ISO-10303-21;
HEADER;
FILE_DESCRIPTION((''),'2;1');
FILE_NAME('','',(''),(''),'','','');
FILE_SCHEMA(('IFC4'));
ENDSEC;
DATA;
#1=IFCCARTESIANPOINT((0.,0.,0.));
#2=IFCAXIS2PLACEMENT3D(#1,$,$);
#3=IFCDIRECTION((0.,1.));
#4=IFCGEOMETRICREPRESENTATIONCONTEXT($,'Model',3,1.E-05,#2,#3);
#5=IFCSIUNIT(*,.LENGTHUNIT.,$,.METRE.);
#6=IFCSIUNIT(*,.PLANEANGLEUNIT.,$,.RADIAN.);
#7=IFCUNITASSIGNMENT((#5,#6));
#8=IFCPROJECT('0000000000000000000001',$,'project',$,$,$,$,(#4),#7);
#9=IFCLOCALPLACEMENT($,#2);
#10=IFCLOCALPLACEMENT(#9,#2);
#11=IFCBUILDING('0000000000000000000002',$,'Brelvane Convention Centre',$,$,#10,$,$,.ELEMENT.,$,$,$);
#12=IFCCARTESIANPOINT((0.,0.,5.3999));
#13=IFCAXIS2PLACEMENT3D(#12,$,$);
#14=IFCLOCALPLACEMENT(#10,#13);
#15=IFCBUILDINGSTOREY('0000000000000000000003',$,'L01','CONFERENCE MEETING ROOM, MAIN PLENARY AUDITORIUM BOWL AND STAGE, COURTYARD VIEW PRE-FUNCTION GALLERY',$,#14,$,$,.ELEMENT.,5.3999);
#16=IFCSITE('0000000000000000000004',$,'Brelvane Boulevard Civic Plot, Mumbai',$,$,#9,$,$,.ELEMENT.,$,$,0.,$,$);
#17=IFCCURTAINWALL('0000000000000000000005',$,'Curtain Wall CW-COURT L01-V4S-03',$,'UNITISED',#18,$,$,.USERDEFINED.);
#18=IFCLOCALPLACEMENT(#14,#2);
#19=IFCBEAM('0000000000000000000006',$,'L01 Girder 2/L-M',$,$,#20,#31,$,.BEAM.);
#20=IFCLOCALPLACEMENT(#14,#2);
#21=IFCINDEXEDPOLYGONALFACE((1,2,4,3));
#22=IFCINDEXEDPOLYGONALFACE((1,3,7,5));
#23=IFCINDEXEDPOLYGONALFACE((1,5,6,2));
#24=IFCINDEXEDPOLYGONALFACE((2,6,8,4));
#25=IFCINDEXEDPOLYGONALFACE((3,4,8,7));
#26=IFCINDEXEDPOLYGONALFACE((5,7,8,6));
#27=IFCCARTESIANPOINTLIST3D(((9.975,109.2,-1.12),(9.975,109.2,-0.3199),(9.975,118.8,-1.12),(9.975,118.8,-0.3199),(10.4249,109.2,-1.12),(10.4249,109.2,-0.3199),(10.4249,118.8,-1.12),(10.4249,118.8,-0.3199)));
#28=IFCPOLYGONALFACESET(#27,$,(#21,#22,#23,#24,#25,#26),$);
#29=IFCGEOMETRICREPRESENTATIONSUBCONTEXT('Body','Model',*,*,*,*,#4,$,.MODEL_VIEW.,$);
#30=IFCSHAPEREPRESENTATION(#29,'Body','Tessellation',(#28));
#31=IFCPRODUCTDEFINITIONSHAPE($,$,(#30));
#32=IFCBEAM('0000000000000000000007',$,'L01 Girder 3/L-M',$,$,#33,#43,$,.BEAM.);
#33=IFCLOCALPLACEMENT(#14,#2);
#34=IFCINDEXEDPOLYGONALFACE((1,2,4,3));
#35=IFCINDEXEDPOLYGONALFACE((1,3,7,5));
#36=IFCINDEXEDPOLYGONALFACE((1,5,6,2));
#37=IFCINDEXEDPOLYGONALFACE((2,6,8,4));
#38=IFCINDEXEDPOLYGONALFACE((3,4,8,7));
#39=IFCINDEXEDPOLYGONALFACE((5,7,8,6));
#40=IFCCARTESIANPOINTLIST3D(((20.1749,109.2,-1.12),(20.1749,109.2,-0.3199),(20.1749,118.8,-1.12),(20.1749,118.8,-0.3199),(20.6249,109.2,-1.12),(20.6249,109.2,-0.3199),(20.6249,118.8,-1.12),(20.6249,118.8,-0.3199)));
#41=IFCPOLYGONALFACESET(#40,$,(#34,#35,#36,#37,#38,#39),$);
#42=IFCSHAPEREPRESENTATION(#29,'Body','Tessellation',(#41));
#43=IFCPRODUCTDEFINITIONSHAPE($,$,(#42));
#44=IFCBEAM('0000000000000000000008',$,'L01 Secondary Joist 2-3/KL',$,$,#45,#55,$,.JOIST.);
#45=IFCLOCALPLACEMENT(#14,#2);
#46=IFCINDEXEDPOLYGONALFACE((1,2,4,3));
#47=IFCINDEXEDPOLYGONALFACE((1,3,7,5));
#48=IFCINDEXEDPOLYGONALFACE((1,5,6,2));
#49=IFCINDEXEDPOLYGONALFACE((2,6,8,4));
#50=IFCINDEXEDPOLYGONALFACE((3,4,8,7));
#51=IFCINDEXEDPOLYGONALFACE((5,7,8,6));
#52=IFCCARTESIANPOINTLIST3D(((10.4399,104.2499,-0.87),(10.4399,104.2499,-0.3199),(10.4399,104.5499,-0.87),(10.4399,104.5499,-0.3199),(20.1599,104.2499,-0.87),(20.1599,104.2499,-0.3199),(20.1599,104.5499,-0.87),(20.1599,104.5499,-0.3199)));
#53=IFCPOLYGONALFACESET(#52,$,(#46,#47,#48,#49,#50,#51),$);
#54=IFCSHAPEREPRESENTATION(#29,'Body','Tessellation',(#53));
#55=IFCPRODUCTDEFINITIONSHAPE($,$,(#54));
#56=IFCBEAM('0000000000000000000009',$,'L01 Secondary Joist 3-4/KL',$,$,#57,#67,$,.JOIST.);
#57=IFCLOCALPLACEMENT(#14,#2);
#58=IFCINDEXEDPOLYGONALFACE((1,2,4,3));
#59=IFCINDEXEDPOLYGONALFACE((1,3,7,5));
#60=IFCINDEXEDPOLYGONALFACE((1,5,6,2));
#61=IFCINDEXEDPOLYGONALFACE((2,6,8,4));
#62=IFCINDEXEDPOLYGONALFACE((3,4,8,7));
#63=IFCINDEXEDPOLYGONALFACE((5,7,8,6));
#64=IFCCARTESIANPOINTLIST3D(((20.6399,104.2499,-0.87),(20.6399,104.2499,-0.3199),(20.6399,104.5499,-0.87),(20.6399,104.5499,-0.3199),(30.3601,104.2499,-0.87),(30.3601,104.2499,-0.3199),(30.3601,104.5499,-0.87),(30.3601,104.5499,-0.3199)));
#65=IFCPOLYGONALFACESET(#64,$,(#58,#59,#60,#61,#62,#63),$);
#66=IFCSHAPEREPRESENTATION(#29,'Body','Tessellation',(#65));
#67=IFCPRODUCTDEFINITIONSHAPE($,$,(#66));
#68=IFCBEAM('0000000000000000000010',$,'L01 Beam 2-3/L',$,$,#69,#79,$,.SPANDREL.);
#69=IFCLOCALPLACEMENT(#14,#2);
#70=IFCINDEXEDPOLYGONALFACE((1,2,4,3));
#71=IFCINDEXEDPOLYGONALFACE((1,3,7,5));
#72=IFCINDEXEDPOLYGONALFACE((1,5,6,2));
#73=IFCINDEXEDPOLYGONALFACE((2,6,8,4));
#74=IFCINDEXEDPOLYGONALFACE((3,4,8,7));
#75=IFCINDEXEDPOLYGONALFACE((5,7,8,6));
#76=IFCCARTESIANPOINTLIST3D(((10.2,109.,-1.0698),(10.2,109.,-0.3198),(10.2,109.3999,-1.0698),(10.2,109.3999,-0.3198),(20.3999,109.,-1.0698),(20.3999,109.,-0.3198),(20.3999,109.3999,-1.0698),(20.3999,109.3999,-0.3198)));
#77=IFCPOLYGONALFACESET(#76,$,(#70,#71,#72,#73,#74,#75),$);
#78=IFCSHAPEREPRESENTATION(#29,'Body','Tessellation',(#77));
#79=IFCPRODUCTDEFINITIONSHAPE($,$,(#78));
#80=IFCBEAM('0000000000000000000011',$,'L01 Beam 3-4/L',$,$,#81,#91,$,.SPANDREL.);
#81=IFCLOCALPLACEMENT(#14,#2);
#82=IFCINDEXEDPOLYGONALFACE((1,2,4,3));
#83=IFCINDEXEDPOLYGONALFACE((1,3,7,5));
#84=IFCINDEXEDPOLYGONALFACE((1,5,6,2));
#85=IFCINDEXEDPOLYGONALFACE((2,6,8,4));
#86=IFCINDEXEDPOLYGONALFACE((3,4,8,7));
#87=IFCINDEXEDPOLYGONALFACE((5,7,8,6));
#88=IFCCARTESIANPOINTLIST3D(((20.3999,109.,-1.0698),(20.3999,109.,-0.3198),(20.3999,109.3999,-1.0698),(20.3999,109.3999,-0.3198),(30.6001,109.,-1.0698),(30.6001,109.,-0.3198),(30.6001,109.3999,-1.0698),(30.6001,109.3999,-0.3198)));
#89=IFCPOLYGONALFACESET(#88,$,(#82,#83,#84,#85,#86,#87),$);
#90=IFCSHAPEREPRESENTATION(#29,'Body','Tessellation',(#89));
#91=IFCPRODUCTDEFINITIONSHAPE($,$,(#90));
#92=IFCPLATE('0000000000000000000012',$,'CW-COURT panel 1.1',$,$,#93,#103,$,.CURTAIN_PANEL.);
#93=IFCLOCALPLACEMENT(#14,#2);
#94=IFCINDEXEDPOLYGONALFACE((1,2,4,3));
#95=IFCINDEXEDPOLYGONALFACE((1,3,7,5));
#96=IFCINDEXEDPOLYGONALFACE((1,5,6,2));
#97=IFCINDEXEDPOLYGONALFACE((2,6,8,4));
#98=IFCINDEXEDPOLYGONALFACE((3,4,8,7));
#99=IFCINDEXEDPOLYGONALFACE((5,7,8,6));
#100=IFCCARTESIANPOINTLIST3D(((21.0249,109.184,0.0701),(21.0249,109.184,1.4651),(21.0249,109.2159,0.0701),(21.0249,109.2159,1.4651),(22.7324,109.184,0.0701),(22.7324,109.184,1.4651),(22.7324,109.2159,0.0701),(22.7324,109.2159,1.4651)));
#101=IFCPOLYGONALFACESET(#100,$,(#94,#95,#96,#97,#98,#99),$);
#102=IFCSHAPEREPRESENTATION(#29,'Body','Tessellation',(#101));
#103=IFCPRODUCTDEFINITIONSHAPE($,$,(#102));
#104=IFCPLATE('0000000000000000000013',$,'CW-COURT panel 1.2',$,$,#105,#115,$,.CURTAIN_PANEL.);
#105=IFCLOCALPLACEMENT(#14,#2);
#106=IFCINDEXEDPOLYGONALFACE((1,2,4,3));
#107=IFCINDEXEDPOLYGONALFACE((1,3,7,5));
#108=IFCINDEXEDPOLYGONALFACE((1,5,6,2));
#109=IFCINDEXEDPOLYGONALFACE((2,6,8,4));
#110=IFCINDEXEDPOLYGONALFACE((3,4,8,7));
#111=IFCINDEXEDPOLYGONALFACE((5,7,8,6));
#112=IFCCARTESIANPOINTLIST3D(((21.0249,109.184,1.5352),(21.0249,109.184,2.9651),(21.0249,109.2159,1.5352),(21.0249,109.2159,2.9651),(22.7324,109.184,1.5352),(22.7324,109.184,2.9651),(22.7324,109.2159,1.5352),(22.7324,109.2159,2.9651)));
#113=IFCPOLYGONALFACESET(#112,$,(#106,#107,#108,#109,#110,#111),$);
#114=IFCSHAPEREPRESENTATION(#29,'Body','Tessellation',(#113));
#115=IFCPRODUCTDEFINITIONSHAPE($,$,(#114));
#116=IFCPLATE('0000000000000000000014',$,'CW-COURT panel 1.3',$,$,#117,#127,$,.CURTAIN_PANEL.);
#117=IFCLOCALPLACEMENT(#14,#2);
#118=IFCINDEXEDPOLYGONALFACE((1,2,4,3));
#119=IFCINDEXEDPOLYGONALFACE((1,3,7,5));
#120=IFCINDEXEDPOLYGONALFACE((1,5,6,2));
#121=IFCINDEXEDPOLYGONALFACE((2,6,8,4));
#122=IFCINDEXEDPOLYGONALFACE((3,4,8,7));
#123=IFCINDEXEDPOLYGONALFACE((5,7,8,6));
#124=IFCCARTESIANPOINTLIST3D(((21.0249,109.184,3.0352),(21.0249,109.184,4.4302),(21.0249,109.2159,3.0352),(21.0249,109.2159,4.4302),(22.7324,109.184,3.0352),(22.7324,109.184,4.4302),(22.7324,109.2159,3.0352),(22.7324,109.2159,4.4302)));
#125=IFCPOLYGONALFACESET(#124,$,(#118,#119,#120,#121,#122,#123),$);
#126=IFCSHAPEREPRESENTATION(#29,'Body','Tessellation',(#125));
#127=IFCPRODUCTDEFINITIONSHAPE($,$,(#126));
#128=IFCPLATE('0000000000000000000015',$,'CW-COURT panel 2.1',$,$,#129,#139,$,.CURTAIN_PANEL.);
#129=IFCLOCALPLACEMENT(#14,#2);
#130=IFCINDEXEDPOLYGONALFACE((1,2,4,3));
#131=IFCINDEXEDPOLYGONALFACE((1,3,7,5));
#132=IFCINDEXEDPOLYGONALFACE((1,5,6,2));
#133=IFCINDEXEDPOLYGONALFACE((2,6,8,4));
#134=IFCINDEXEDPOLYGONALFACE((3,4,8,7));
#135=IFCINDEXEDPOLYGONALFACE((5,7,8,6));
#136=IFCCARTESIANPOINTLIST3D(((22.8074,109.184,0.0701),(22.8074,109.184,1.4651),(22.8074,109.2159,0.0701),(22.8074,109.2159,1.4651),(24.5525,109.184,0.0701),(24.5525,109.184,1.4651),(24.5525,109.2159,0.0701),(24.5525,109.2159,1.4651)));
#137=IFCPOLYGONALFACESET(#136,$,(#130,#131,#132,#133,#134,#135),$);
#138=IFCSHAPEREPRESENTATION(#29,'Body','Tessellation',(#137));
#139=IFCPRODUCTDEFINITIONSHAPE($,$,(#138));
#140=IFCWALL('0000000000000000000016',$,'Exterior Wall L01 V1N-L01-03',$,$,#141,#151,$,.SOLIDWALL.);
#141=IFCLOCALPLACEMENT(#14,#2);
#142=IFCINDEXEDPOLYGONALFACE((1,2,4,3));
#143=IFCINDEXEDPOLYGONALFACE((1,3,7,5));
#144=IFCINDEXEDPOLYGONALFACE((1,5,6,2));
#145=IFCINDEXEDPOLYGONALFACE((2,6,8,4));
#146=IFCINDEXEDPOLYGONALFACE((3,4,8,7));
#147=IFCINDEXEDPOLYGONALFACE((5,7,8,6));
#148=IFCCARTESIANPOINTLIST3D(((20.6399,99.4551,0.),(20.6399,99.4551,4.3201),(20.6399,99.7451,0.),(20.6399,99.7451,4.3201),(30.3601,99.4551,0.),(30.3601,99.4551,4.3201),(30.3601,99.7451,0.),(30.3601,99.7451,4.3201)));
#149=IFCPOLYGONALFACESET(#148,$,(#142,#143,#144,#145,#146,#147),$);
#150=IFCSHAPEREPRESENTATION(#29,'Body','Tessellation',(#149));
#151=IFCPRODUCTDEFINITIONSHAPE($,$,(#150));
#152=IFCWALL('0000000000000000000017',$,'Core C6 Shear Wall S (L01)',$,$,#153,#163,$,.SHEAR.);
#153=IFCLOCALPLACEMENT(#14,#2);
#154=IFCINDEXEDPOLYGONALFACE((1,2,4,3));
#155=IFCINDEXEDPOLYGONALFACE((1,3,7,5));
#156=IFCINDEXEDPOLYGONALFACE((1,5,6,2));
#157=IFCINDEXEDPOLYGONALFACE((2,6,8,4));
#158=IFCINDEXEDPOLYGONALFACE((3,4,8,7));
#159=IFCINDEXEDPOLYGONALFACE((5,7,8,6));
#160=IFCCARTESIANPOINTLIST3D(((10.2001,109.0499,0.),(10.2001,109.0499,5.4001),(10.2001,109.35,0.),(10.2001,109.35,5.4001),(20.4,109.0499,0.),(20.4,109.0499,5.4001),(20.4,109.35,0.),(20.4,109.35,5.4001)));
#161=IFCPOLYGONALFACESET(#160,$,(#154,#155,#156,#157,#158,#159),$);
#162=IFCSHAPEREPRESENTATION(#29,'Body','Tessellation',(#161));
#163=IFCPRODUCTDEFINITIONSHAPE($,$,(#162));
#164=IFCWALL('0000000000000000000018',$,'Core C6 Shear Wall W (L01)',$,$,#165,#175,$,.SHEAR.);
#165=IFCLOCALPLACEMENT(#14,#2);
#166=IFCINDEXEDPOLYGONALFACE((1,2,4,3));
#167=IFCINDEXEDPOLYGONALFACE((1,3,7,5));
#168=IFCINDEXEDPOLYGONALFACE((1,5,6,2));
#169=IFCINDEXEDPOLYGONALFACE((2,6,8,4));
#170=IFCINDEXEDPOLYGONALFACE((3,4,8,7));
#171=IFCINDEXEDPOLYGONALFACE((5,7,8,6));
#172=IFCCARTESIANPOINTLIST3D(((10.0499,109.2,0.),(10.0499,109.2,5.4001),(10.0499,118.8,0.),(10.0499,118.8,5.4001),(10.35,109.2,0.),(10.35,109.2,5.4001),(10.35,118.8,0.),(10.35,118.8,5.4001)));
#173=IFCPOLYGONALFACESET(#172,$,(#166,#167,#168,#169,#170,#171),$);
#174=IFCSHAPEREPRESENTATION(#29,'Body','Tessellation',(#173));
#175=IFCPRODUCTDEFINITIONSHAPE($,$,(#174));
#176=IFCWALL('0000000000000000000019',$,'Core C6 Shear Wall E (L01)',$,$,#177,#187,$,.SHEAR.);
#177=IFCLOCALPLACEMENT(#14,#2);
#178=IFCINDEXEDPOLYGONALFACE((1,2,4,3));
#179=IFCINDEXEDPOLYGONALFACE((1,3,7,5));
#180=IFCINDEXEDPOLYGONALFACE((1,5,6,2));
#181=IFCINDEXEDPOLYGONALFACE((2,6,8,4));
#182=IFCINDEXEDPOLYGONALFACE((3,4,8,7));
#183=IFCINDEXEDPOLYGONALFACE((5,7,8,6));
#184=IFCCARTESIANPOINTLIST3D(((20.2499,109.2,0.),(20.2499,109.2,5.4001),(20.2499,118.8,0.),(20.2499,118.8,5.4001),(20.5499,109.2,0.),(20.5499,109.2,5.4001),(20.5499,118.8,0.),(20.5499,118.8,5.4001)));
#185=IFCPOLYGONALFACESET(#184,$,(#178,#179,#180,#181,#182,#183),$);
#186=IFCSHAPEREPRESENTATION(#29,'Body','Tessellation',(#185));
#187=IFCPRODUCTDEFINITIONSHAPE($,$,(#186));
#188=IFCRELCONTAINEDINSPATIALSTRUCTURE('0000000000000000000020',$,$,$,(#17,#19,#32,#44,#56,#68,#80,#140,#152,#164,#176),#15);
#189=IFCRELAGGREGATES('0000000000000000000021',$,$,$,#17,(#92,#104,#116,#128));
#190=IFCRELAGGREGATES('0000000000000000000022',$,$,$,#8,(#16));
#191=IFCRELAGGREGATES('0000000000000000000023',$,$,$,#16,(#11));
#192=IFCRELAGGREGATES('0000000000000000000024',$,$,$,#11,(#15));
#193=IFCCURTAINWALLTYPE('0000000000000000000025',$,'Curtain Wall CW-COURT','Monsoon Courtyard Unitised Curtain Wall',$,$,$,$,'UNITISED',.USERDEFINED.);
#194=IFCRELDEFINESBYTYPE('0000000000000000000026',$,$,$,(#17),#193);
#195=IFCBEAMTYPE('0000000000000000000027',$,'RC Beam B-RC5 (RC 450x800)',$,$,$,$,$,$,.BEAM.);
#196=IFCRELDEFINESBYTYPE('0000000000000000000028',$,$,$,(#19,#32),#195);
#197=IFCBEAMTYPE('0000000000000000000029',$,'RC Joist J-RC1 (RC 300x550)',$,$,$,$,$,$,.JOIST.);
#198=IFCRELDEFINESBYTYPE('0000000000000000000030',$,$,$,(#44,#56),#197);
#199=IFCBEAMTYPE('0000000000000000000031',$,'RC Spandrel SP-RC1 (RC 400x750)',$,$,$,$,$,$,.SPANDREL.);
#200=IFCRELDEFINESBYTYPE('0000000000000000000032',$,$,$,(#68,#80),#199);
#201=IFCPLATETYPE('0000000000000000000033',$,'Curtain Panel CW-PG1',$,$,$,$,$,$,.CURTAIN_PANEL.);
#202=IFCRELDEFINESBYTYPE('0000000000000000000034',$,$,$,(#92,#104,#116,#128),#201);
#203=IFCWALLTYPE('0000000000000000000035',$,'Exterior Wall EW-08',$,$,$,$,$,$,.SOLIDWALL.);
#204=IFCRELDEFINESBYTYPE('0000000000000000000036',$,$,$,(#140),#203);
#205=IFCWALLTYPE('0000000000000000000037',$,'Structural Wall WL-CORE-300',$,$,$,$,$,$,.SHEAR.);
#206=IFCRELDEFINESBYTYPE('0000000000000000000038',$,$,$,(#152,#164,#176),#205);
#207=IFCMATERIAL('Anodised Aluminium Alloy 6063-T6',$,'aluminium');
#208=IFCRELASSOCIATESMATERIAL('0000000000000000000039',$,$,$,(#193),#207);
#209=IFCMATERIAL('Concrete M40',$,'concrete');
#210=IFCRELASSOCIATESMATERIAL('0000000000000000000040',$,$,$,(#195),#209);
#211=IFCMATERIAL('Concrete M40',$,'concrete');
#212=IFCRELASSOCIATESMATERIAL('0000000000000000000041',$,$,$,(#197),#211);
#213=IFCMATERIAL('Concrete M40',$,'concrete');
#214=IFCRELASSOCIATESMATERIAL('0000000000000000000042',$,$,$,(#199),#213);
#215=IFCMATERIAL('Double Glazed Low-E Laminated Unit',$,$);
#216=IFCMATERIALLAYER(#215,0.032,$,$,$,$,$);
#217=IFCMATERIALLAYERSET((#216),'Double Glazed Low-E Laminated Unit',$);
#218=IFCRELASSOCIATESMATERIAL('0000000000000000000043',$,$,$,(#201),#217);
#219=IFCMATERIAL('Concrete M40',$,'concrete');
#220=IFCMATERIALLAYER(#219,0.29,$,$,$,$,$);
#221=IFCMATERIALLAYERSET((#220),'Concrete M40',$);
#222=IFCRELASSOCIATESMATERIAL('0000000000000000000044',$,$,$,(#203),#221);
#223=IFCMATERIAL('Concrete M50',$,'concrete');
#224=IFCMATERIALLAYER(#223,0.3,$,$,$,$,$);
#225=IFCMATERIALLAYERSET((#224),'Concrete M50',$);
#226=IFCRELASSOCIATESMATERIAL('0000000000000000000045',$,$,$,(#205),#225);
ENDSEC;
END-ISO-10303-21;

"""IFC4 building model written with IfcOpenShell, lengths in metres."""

from ifc_helpers import new_model, si_unit, direction, frame, frame_2d, origin, origin_2d, place, context, subcontext, project, spatial, rectangle, extrude, material, layer, layer_set, material_profile, profile_set, type_object, element, aggregate, save


model = new_model("IFC4")

# Units and contexts
model_context = context("Model", 3, precision=1e-05, world=origin(), true_north=direction((0.0, 1.0)))
body_context = subcontext(model_context, "Body", "Model", "MODEL_VIEW")
ifc_project = project(units=[si_unit("LENGTHUNIT", "METRE"), si_unit("PLANEANGLEUNIT", "RADIAN")], contexts=[model_context])

# Site, building, storey
site_placement = place(None, origin())
site = spatial("IfcSite", under=ifc_project, at=site_placement, Name="Brelvane Boulevard Civic Plot, Mumbai", CompositionType="ELEMENT", RefElevation=0.0)
building_placement = place(site_placement, origin())
building = spatial("IfcBuilding", under=site, at=building_placement, Name="Brelvane Convention Centre", CompositionType="ELEMENT")
storey_placement = place(building_placement, frame((0.0, 0.0, 5.3999)))
storey = spatial("IfcBuildingStorey", under=building, at=storey_placement, Name="L01", Description="CONFERENCE MEETING ROOM, MAIN PLENARY AUDITORIUM BOWL AND STAGE, COURTYARD VIEW PRE-FUNCTION GALLERY", CompositionType="ELEMENT", Elevation=5.3999)

# Curtain wall
ifc_material_1 = material(Name="Anodised Aluminium Alloy 6063-T6", Category="aluminium")
curtain_wall_type = type_object("IfcCurtainWallType", Name="Curtain Wall CW-COURT", Description="Monsoon Courtyard Unitised Curtain Wall", ElementType="UNITISED", PredefinedType="USERDEFINED", material=ifc_material_1)
curtain_wall_placement = place(storey_placement, origin())
curtain_wall = element("IfcCurtainWall", 1, at=curtain_wall_placement, inside=storey, type_object=curtain_wall_type, Name="Curtain Wall CW-COURT L01-V4S-03", ObjectType="UNITISED", PredefinedType="USERDEFINED")

# Beams
ifc_material_2 = material(Name="Concrete M40", Category="concrete")
ifc_material_profile_1 = material_profile(ifc_material_2, rectangle(XDim=0.45, YDim=0.8, at=origin_2d()), Name="RC 450x800")
ifc_profile_set_1 = profile_set([ifc_material_profile_1], Name="Concrete M40")
beam_type_1 = type_object("IfcBeamType", Name="RC Beam B-RC5 (RC 450x800)", PredefinedType="BEAM", material=ifc_profile_set_1)
for number, where, z_axis, x_axis, name in (
    (2, (10.2, 109.2, -0.72), (0.0, 1.0, 0.0), (-1.0, 0.0, 0.0), "L01 Girder 2/L-M"),
    (3, (20.3999, 109.2, -0.72), (0.0, 1.0, 0.0), (-1.0, 0.0, 0.0), "L01 Girder 3/L-M"),
):
    element("IfcBeam", number, at=place(storey_placement, frame(where, z_axis=z_axis, x_axis=x_axis)), inside=storey, type_object=beam_type_1, Name=name, PredefinedType="BEAM", context=body_context, shape_type="SweptSolid", body=[
        extrude(rectangle(XDim=0.45, YDim=0.8, at=origin_2d()), origin(), (0.0, 0.0, 1.0), 9.6001),
    ])
ifc_material_3 = material(Name="Concrete M40", Category="concrete")
ifc_material_profile_2 = material_profile(ifc_material_3, rectangle(XDim=0.3, YDim=0.55, at=origin_2d()), Name="RC 300x550")
ifc_profile_set_2 = profile_set([ifc_material_profile_2], Name="Concrete M40")
beam_type_2 = type_object("IfcBeamType", Name="RC Joist J-RC1 (RC 300x550)", PredefinedType="JOIST", material=ifc_profile_set_2)
beam_1_placement = place(storey_placement, frame((10.4399, 104.3999, -0.595), z_axis=(1.0, 0.0, 0.0), x_axis=(0.0, 1.0, 0.0)))
element("IfcBeam", 4, at=beam_1_placement, inside=storey, type_object=beam_type_2, Name="L01 Secondary Joist 2-3/KL", PredefinedType="JOIST", context=body_context, shape_type="SweptSolid", body=[
    extrude(rectangle(XDim=0.3, YDim=0.55, at=origin_2d()), origin(), (0.0, 0.0, 1.0), 9.72),
])
beam_2_placement = place(storey_placement, frame((20.6399, 104.3999, -0.595), z_axis=(1.0, 0.0, 0.0), x_axis=(0.0, 1.0, 0.0)))
element("IfcBeam", 5, at=beam_2_placement, inside=storey, type_object=beam_type_2, Name="L01 Secondary Joist 3-4/KL", PredefinedType="JOIST", context=body_context, shape_type="SweptSolid", body=[
    extrude(rectangle(XDim=0.3, YDim=0.55, at=origin_2d()), origin(), (0.0, 0.0, 1.0), 9.7202),
])
ifc_material_4 = material(Name="Concrete M40", Category="concrete")
ifc_material_profile_3 = material_profile(ifc_material_4, rectangle(XDim=0.3999, YDim=0.75, at=origin_2d()), Name="RC 400x750")
ifc_profile_set_3 = profile_set([ifc_material_profile_3], Name="Concrete M40")
beam_type_3 = type_object("IfcBeamType", Name="RC Spandrel SP-RC1 (RC 400x750)", PredefinedType="SPANDREL", material=ifc_profile_set_3)
beam_3_placement = place(storey_placement, frame((10.2, 109.2, -0.6948), z_axis=(1.0, 0.0, 0.0), x_axis=(0.0, 1.0, 0.0)))
element("IfcBeam", 6, at=beam_3_placement, inside=storey, type_object=beam_type_3, Name="L01 Beam 2-3/L", PredefinedType="SPANDREL", context=body_context, shape_type="SweptSolid", body=[
    extrude(rectangle(XDim=0.3999, YDim=0.75, at=origin_2d()), origin(), (0.0, 0.0, 1.0), 10.2),
])
beam_4_placement = place(storey_placement, frame((20.3999, 109.2, -0.6948), z_axis=(1.0, 0.0, 0.0), x_axis=(0.0, 1.0, 0.0)))
element("IfcBeam", 7, at=beam_4_placement, inside=storey, type_object=beam_type_3, Name="L01 Beam 3-4/L", PredefinedType="SPANDREL", context=body_context, shape_type="SweptSolid", body=[
    extrude(rectangle(XDim=0.3999, YDim=0.75, at=origin_2d()), origin(), (0.0, 0.0, 1.0), 10.2002),
])

# Plates
ifc_material_5 = material(Name="Double Glazed Low-E Laminated Unit")
ifc_layer_1 = layer(ifc_material_5, 0.032)
ifc_layer_set_1 = layer_set([ifc_layer_1], Name="Double Glazed Low-E Laminated Unit")
plate_type = type_object("IfcPlateType", Name="Curtain Panel CW-PG1", PredefinedType="CURTAIN_PANEL", material=ifc_layer_set_1)
plate_1_placement = place(storey_placement, frame((21.8787, 109.2, 0.0701), z_axis=(0.0, 0.0, 1.0), x_axis=(1.0, 0.0, 0.0)))
plate_1 = element("IfcPlate", 8, at=plate_1_placement, type_object=plate_type, Name="CW-COURT panel 1.1", PredefinedType="CURTAIN_PANEL", context=body_context, shape_type="SweptSolid", body=[
    extrude(rectangle(XDim=1.7075, YDim=0.032, at=origin_2d()), origin(), (0.0, 0.0, 1.0), 1.395),
])
plate_2_placement = place(storey_placement, frame((21.8787, 109.2, 1.5352), z_axis=(0.0, 0.0, 1.0), x_axis=(1.0, 0.0, 0.0)))
plate_2 = element("IfcPlate", 9, at=plate_2_placement, type_object=plate_type, Name="CW-COURT panel 1.2", PredefinedType="CURTAIN_PANEL", context=body_context, shape_type="SweptSolid", body=[
    extrude(rectangle(XDim=1.7075, YDim=0.032, at=origin_2d()), origin(), (0.0, 0.0, 1.0), 1.4299),
])
plate_3_placement = place(storey_placement, frame((21.8787, 109.2, 3.0352), z_axis=(0.0, 0.0, 1.0), x_axis=(1.0, 0.0, 0.0)))
plate_3 = element("IfcPlate", 10, at=plate_3_placement, type_object=plate_type, Name="CW-COURT panel 1.3", PredefinedType="CURTAIN_PANEL", context=body_context, shape_type="SweptSolid", body=[
    extrude(rectangle(XDim=1.7075, YDim=0.032, at=origin_2d()), origin(), (0.0, 0.0, 1.0), 1.395),
])
plate_4_placement = place(storey_placement, frame((23.6799, 109.2, 0.0701), z_axis=(0.0, 0.0, 1.0), x_axis=(1.0, 0.0, 0.0)))
plate_4 = element("IfcPlate", 11, at=plate_4_placement, type_object=plate_type, Name="CW-COURT panel 2.1", PredefinedType="CURTAIN_PANEL", context=body_context, shape_type="SweptSolid", body=[
    extrude(rectangle(XDim=1.7451, YDim=0.032, at=origin_2d()), origin(), (0.0, 0.0, 1.0), 1.395),
])
aggregate(curtain_wall, [plate_1, plate_2, plate_3, plate_4])

# Walls
ifc_material_6 = material(Name="Concrete M40", Category="concrete")
ifc_layer_2 = layer(ifc_material_6, 0.29)
ifc_layer_set_2 = layer_set([ifc_layer_2], Name="Concrete M40")
wall_type_1 = type_object("IfcWallType", Name="Exterior Wall EW-08", PredefinedType="SOLIDWALL", material=ifc_layer_set_2)
wall_1_placement = place(storey_placement, frame((20.6399, 99.6001, 0.0), z_axis=(0.0, 0.0, 1.0), x_axis=(1.0, 0.0, 0.0)))
element("IfcWall", 12, at=wall_1_placement, inside=storey, type_object=wall_type_1, Name="Exterior Wall L01 V1N-L01-03", PredefinedType="SOLIDWALL", context=body_context, shape_type="SweptSolid", body=[
    extrude(rectangle(XDim=9.7202, YDim=0.29, at=frame_2d((4.8601, 0.0))), origin(), (0.0, 0.0, 1.0), 4.3201),
])
ifc_material_7 = material(Name="Concrete M50", Category="concrete")
ifc_layer_3 = layer(ifc_material_7, 0.3)
ifc_layer_set_3 = layer_set([ifc_layer_3], Name="Concrete M50")
wall_type_2 = type_object("IfcWallType", Name="Structural Wall WL-CORE-300", PredefinedType="SHEAR", material=ifc_layer_set_3)
wall_2_placement = place(storey_placement, frame((10.2, 109.2, 0.0), z_axis=(0.0, 0.0, 1.0), x_axis=(1.0, 0.0, 0.0)))
element("IfcWall", 13, at=wall_2_placement, inside=storey, type_object=wall_type_2, Name="Core C6 Shear Wall S (L01)", PredefinedType="SHEAR", context=body_context, shape_type="SweptSolid", body=[
    extrude(rectangle(XDim=10.2, YDim=0.3, at=frame_2d((5.1001, 0.0))), origin(), (0.0, 0.0, 1.0), 5.4001),
])
for number, where, z_axis, x_axis, name in (
    (14, (10.2, 109.2, 0.0), (0.0, 0.0, 1.0), (0.0, 1.0, 0.0), "Core C6 Shear Wall W (L01)"),
    (15, (20.3999, 109.2, 0.0), (0.0, 0.0, 1.0), (0.0, 1.0, 0.0), "Core C6 Shear Wall E (L01)"),
):
    element("IfcWall", number, at=place(storey_placement, frame(where, z_axis=z_axis, x_axis=x_axis)), inside=storey, type_object=wall_type_2, Name=name, PredefinedType="SHEAR", context=body_context, shape_type="SweptSolid", body=[
        extrude(rectangle(XDim=9.6001, YDim=0.3, at=frame_2d((4.8, 0.0))), origin(), (0.0, 0.0, 1.0), 5.4001),
    ])

save(model, "model.ifc")
